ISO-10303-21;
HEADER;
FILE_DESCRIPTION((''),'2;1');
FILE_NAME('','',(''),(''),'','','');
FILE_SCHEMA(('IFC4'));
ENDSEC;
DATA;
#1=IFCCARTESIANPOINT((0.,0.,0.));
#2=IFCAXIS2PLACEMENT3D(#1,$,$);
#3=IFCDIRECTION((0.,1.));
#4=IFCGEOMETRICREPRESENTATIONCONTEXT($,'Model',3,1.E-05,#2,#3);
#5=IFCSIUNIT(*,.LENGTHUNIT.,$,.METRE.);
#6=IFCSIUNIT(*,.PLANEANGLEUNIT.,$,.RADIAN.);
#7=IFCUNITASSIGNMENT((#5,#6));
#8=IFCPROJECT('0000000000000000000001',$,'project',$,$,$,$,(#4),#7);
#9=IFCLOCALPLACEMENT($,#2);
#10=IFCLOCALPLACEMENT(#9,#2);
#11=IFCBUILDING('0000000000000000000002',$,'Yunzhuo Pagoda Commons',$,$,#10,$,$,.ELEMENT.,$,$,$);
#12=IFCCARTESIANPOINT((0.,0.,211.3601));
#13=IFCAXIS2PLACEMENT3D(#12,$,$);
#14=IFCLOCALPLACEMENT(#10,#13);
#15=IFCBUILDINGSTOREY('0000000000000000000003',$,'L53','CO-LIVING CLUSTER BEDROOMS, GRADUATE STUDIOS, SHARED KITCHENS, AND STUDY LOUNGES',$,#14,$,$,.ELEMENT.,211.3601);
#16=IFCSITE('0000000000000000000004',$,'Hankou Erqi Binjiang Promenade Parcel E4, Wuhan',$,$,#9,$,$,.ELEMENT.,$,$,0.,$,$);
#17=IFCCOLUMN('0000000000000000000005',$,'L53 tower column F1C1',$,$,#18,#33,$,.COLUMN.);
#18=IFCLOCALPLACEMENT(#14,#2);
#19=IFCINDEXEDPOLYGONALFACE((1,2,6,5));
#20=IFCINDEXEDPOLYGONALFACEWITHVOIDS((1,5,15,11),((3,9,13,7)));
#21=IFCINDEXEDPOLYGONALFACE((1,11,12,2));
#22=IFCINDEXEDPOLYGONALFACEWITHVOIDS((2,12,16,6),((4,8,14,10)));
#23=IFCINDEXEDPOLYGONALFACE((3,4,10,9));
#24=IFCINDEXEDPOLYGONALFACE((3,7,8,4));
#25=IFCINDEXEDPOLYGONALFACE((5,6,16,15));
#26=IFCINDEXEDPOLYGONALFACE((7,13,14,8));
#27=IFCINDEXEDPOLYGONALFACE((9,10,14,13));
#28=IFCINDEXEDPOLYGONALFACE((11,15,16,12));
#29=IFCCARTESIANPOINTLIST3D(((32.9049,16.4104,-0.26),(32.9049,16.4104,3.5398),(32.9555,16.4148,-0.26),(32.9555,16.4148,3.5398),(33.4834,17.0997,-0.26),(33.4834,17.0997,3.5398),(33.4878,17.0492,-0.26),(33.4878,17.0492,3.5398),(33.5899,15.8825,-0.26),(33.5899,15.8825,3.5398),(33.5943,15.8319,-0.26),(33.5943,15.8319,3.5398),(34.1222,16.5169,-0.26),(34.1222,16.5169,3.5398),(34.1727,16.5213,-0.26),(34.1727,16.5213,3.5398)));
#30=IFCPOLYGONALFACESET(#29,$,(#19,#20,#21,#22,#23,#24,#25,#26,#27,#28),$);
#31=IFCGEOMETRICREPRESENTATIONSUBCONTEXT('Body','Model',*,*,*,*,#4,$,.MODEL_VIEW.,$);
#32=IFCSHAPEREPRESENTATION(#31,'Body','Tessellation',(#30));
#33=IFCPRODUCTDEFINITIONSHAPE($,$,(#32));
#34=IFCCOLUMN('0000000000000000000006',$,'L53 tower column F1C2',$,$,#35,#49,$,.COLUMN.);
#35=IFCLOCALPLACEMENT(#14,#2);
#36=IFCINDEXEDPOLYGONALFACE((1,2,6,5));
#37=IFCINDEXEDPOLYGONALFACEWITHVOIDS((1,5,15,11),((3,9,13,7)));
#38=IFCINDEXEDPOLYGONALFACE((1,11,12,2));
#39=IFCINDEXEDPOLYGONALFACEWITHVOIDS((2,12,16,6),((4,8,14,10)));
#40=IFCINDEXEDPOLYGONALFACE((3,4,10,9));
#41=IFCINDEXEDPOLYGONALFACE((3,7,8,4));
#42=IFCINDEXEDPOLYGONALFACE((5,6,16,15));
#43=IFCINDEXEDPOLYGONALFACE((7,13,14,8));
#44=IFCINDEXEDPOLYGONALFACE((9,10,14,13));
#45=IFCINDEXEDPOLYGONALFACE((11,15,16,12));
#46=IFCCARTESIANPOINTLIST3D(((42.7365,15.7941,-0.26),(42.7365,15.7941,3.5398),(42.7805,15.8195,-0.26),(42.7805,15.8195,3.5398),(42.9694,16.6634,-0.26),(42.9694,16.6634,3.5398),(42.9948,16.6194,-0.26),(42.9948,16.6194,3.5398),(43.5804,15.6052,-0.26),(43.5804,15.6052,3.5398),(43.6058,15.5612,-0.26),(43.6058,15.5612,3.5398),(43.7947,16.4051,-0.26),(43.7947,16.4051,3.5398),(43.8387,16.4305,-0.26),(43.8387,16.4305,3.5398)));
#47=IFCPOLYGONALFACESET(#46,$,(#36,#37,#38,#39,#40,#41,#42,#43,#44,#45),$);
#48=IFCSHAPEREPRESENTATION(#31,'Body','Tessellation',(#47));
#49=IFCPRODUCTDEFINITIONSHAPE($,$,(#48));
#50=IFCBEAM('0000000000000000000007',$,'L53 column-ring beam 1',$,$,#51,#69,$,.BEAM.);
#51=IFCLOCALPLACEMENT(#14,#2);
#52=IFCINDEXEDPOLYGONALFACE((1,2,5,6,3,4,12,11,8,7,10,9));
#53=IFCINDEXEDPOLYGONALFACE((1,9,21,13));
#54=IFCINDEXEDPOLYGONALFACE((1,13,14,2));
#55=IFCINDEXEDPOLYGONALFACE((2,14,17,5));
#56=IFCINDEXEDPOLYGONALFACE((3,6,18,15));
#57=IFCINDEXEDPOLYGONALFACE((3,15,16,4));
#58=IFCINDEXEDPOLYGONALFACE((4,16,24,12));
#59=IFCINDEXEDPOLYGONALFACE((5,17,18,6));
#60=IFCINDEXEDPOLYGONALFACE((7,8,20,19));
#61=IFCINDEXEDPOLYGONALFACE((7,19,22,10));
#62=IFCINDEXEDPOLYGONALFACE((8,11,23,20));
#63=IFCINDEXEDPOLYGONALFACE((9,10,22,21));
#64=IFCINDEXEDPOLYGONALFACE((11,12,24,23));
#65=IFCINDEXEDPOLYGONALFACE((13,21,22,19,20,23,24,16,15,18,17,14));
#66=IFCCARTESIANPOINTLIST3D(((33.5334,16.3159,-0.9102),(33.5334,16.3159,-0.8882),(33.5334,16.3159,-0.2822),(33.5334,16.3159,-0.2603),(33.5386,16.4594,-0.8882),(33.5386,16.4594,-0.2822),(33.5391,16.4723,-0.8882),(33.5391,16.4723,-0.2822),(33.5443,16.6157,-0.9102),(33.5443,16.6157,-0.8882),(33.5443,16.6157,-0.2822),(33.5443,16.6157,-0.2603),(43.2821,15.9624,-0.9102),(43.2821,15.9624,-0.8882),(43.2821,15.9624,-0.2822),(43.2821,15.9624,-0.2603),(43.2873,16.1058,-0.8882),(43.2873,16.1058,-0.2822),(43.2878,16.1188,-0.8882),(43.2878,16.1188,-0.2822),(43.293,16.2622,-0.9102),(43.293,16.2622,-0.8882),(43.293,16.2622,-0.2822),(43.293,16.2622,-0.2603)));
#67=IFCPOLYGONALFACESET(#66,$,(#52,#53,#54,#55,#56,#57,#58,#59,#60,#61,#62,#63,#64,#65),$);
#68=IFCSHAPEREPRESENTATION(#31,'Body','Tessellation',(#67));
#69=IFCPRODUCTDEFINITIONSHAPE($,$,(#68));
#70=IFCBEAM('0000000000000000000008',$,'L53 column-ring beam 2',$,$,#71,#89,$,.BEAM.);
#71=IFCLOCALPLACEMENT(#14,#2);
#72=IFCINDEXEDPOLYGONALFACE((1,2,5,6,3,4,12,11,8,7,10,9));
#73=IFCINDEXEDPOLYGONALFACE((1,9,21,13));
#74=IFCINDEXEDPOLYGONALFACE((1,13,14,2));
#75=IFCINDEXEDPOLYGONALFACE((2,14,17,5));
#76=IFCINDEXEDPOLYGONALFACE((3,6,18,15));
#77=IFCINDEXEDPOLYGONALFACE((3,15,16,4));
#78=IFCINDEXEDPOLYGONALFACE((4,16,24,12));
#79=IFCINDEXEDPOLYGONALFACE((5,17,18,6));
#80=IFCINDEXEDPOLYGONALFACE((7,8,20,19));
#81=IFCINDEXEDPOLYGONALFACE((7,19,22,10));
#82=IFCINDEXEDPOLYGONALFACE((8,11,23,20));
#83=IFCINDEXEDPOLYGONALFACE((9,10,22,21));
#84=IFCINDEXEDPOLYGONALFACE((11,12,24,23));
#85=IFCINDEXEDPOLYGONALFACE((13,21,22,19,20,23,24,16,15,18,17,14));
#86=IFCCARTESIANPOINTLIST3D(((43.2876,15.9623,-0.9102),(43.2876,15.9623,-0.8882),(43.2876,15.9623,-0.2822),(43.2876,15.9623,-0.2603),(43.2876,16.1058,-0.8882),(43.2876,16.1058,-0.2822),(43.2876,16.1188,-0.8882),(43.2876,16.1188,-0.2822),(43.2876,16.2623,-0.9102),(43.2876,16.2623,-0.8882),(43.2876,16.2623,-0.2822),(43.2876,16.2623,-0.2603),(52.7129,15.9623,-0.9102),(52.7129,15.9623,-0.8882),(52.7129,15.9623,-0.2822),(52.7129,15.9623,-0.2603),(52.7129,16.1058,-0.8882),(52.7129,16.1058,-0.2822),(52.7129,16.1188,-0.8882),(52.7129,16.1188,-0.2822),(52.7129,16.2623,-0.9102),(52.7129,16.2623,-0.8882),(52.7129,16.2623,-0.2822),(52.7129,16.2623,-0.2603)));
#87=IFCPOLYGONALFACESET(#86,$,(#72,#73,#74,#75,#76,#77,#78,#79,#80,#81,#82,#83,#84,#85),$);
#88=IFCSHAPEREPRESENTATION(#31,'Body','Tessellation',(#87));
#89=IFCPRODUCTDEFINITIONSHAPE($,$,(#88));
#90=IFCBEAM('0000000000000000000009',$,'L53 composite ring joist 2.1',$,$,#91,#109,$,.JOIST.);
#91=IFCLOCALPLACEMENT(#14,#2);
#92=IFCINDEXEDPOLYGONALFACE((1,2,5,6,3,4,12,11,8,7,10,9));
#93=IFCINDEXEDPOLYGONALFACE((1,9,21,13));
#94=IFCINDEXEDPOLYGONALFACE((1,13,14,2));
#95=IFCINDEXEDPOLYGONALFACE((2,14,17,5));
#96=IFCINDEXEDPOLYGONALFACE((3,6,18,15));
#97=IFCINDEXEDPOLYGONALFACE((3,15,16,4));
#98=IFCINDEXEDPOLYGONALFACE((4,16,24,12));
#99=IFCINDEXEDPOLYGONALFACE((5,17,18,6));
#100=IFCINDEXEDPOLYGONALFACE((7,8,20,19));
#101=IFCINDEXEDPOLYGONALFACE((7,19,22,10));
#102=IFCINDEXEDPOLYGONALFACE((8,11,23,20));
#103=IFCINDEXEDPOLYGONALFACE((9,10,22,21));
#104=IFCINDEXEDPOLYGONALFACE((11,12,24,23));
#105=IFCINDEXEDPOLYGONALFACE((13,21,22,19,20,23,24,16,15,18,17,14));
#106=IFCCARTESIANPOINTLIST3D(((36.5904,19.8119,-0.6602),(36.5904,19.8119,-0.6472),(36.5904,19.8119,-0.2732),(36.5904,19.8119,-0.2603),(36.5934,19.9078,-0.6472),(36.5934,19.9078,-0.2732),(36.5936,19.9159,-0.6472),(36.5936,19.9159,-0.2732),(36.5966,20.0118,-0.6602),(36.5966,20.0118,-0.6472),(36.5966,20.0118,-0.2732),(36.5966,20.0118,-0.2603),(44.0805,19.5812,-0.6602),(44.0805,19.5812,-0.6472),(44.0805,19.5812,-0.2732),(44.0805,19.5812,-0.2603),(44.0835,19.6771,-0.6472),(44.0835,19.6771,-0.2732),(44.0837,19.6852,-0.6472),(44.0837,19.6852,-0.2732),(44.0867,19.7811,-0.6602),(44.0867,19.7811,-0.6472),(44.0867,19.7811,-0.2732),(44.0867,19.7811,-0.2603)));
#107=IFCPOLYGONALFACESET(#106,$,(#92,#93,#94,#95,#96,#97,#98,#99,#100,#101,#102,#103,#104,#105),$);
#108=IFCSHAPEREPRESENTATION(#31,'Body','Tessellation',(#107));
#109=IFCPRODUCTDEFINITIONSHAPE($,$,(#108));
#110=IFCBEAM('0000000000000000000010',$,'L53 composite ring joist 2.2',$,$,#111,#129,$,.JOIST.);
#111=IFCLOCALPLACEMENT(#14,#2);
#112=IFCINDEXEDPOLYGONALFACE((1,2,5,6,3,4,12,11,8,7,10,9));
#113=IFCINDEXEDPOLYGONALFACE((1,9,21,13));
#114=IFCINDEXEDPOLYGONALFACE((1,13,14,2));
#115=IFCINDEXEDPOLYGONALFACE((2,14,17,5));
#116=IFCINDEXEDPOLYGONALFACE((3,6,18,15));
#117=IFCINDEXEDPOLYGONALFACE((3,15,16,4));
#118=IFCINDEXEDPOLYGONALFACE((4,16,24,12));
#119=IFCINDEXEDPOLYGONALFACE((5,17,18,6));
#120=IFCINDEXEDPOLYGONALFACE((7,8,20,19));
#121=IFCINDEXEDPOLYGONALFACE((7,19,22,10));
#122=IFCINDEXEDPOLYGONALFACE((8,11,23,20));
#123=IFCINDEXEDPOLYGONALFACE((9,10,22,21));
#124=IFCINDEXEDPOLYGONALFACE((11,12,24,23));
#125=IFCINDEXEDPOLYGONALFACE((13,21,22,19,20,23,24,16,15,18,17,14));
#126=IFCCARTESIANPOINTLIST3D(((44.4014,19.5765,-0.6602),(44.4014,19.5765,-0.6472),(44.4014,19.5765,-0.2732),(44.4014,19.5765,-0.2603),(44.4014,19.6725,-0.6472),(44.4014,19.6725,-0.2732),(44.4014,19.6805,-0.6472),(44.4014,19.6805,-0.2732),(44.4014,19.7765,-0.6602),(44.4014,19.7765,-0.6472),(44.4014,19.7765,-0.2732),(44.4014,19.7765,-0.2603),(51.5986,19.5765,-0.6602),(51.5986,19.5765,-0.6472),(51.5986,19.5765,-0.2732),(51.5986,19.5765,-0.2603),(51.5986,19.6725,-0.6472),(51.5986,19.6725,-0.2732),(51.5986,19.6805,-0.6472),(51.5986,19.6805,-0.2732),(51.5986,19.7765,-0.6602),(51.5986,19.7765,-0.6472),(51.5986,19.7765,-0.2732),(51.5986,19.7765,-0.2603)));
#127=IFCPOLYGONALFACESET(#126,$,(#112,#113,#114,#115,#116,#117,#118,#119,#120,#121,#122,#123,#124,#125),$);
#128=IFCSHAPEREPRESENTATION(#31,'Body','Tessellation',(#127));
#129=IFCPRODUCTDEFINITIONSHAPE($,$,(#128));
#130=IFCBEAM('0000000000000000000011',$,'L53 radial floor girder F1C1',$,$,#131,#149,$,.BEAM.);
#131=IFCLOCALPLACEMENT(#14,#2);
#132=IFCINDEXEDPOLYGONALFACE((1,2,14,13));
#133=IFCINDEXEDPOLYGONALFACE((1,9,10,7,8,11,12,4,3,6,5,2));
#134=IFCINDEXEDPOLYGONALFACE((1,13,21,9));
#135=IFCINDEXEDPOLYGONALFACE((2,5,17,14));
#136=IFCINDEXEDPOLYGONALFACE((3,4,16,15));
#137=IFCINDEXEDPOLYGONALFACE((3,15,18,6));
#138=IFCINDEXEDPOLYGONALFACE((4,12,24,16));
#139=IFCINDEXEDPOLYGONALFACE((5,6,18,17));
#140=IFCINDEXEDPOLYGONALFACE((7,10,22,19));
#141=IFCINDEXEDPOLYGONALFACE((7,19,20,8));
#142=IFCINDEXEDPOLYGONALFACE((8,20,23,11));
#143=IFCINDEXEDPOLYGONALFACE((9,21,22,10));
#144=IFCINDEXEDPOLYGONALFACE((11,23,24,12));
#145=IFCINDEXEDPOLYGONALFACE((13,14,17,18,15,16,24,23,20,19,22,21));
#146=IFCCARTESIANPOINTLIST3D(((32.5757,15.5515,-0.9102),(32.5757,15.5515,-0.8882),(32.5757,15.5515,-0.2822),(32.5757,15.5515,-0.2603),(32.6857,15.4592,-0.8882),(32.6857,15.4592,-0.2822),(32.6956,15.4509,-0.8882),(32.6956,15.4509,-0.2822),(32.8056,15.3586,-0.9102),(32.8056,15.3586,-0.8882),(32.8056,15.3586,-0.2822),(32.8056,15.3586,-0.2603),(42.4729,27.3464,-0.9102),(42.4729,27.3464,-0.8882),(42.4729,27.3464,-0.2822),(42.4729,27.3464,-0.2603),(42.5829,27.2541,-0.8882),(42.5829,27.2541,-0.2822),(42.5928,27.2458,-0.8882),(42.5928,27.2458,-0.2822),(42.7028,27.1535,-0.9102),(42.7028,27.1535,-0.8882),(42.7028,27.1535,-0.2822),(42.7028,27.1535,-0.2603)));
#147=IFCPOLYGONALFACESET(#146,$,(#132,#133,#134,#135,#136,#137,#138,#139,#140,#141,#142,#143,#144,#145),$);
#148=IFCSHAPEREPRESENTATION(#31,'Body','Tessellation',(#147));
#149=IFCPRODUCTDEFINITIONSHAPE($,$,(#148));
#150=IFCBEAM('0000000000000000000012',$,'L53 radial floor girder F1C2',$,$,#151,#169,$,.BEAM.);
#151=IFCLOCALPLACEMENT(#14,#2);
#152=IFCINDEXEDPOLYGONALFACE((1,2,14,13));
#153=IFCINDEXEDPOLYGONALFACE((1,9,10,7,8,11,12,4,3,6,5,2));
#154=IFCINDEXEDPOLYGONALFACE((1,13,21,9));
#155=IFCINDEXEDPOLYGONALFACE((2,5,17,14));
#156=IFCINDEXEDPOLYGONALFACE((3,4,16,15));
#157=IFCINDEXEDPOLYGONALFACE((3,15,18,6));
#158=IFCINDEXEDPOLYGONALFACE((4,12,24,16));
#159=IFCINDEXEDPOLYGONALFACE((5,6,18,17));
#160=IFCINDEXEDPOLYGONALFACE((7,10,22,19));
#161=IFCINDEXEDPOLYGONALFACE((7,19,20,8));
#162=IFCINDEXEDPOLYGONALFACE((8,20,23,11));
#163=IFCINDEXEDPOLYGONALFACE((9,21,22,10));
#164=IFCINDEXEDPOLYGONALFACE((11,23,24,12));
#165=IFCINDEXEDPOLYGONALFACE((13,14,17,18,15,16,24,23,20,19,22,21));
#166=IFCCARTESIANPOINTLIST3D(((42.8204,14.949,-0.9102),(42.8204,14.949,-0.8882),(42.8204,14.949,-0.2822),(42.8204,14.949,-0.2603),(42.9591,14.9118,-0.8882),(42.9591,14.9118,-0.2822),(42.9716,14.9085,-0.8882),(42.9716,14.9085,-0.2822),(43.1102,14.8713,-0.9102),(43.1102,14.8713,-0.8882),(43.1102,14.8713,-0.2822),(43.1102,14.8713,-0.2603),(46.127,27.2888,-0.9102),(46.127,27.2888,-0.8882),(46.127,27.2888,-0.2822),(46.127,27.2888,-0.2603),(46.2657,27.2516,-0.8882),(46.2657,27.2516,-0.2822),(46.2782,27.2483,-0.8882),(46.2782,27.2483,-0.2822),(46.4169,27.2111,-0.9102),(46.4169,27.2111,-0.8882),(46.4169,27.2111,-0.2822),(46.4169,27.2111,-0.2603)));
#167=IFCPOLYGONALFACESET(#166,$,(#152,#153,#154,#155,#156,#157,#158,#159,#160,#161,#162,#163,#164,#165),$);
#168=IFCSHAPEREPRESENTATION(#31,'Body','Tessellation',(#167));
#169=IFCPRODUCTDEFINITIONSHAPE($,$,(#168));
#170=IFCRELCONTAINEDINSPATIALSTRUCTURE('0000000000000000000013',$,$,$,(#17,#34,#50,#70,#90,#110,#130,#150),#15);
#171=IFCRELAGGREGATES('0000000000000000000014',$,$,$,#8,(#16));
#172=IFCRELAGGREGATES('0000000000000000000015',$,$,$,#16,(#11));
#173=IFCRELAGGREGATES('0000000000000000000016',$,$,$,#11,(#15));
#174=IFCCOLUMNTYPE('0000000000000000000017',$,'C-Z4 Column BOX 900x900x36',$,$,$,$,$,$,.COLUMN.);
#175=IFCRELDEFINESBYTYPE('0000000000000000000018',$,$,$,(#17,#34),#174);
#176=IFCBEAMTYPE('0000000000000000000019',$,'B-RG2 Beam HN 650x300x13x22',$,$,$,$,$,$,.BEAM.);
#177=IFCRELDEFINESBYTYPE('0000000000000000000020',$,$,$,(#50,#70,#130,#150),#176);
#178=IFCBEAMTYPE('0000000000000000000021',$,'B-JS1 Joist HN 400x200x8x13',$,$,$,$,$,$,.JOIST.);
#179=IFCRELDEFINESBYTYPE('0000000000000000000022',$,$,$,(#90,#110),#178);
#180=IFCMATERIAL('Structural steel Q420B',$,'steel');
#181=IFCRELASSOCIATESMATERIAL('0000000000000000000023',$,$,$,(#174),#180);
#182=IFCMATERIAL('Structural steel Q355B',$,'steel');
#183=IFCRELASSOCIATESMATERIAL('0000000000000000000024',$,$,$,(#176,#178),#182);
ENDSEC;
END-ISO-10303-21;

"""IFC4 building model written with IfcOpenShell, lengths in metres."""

from ifc_helpers import new_model, si_unit, direction, frame, origin, origin_2d, place, context, subcontext, project, spatial, hollow_rectangle, i_section, extrude, source, transform, mapped, material, material_profile, profile_set, type_object, element, save


model = new_model("IFC4")

# Units and contexts
model_context = context("Model", 3, precision=1e-05, world=origin(), true_north=direction((0.0, 1.0)))
body_context = subcontext(model_context, "Body", "Model", "MODEL_VIEW")
ifc_project = project(units=[si_unit("LENGTHUNIT", "METRE"), si_unit("PLANEANGLEUNIT", "RADIAN")], contexts=[model_context])

# Site, building, storey
site_placement = place(None, origin())
site = spatial("IfcSite", under=ifc_project, at=site_placement, Name="Hankou Erqi Binjiang Promenade Parcel E4, Wuhan", CompositionType="ELEMENT", RefElevation=0.0)
building_placement = place(site_placement, origin())
building = spatial("IfcBuilding", under=site, at=building_placement, Name="Yunzhuo Pagoda Commons", CompositionType="ELEMENT")
storey_placement = place(building_placement, frame((0.0, 0.0, 211.3601)))
storey = spatial("IfcBuildingStorey", under=building, at=storey_placement, Name="L53", Description="CO-LIVING CLUSTER BEDROOMS, GRADUATE STUDIOS, SHARED KITCHENS, AND STUDY LOUNGES", CompositionType="ELEMENT", Elevation=211.3601)

# Columns
ifc_material_1 = material(Name="Structural steel Q420B", Category="steel")
ifc_material_profile_1 = material_profile(ifc_material_1, hollow_rectangle(XDim=0.8999, YDim=0.8999, WallThickness=0.0359, at=origin_2d()), Name="Structural steel Q420B")
ifc_profile_set_1 = profile_set([ifc_material_profile_1], Name="Structural steel Q420B")
column_type = type_object("IfcColumnType", Name="C-Z4 Column BOX 900x900x36", PredefinedType="COLUMN", material=ifc_profile_set_1)
shared_shape_1 = source(origin(), body_context, "Body", "SweptSolid", [
    extrude(hollow_rectangle(XDim=0.8999, YDim=0.8999, WallThickness=0.0359, at=origin_2d()), origin(), (0.0, 0.0, 1.0), 3.7998),
])
for number, where, z_axis, x_axis, name in (
    (1, (33.5388, 16.4658, -0.26), (0.0, 0.0, 1.0), (0.766044, -0.642788, 0.0), "L53 tower column F1C1"),
    (2, (43.2876, 16.1123, -0.26), (0.0, 0.0, 1.0), (0.965926, -0.258819, 0.0), "L53 tower column F1C2"),
):
    element("IfcColumn", number, at=place(storey_placement, frame(where, z_axis=z_axis, x_axis=x_axis)), inside=storey, type_object=column_type, Name=name, PredefinedType="COLUMN", context=body_context, shape_type="MappedRepresentation", body=[
        mapped(shared_shape_1, transform((0.0, 0.0, 0.0), scale=1.0)),
    ])

# Beams
ifc_material_2 = material(Name="Structural steel Q355B", Category="steel")
ifc_material_profile_2 = material_profile(ifc_material_2, i_section(OverallWidth=0.3, OverallDepth=0.6499, WebThickness=0.0129, FlangeThickness=0.022, at=origin_2d()), Name="Structural steel Q355B")
ifc_profile_set_2 = profile_set([ifc_material_profile_2], Name="Structural steel Q355B")
beam_type_1 = type_object("IfcBeamType", Name="B-RG2 Beam HN 650x300x13x22", PredefinedType="BEAM", material=ifc_profile_set_2)
shared_shape_2 = source(origin(), body_context, "Body", "SweptSolid", [
    extrude(i_section(OverallWidth=0.3, OverallDepth=0.6499, WebThickness=0.0129, FlangeThickness=0.022, at=origin_2d()), origin(), (0.0, 0.0, 1.0), 9.7551),
])
beam_1_placement = place(storey_placement, frame((33.5388, 16.4658, -0.5852), z_axis=(0.999343, -0.036239, 0.0), x_axis=(0.036239, 0.999343, 0.0)))
element("IfcBeam", 3, at=beam_1_placement, inside=storey, type_object=beam_type_1, Name="L53 column-ring beam 1", PredefinedType="BEAM", context=body_context, shape_type="MappedRepresentation", body=[
    mapped(shared_shape_2, transform((0.0, 0.0, 0.0), scale=1.0)),
])
shared_shape_3 = source(origin(), body_context, "Body", "SweptSolid", [
    extrude(i_section(OverallWidth=0.3, OverallDepth=0.6499, WebThickness=0.0129, FlangeThickness=0.022, at=origin_2d()), origin(), (0.0, 0.0, 1.0), 9.4253),
])
beam_2_placement = place(storey_placement, frame((43.2876, 16.1123, -0.5852), z_axis=(1.0, 0.0, 0.0), x_axis=(0.0, 1.0, 0.0)))
element("IfcBeam", 4, at=beam_2_placement, inside=storey, type_object=beam_type_1, Name="L53 column-ring beam 2", PredefinedType="BEAM", context=body_context, shape_type="MappedRepresentation", body=[
    mapped(shared_shape_3, transform((0.0, 0.0, 0.0), scale=1.0)),
])
ifc_material_profile_3 = material_profile(ifc_material_2, i_section(OverallWidth=0.2, OverallDepth=0.3999, WebThickness=0.0081, FlangeThickness=0.0129, at=origin_2d()), Name="Structural steel Q355B")
ifc_profile_set_3 = profile_set([ifc_material_profile_3], Name="Structural steel Q355B")
beam_type_2 = type_object("IfcBeamType", Name="B-JS1 Joist HN 400x200x8x13", PredefinedType="JOIST", material=ifc_profile_set_3)
shared_shape_4 = source(origin(), body_context, "Body", "SweptSolid", [
    extrude(i_section(OverallWidth=0.2, OverallDepth=0.3999, WebThickness=0.0081, FlangeThickness=0.0129, at=origin_2d()), origin(), (0.0, 0.0, 1.0), 7.4937),
])
beam_3_placement = place(storey_placement, frame((36.5935, 19.9119, -0.4602), z_axis=(0.999526, -0.030788, 0.0), x_axis=(0.030788, 0.999526, 0.0)))
element("IfcBeam", 5, at=beam_3_placement, inside=storey, type_object=beam_type_2, Name="L53 composite ring joist 2.1", PredefinedType="JOIST", context=body_context, shape_type="MappedRepresentation", body=[
    mapped(shared_shape_4, transform((0.0, 0.0, 0.0), scale=1.0)),
])
shared_shape_5 = source(origin(), body_context, "Body", "SweptSolid", [
    extrude(i_section(OverallWidth=0.2, OverallDepth=0.3999, WebThickness=0.0081, FlangeThickness=0.0129, at=origin_2d()), origin(), (0.0, 0.0, 1.0), 7.1973),
])
beam_4_placement = place(storey_placement, frame((44.4014, 19.6765, -0.4602), z_axis=(1.0, 0.0, 0.0), x_axis=(0.0, 1.0, 0.0)))
element("IfcBeam", 6, at=beam_4_placement, inside=storey, type_object=beam_type_2, Name="L53 composite ring joist 2.2", PredefinedType="JOIST", context=body_context, shape_type="MappedRepresentation", body=[
    mapped(shared_shape_5, transform((0.0, 0.0, 0.0), scale=1.0)),
])
shared_shape_6 = source(origin(), body_context, "Body", "SweptSolid", [
    extrude(i_section(OverallWidth=0.3, OverallDepth=0.6499, WebThickness=0.0129, FlangeThickness=0.022, at=origin_2d()), origin(), (0.0, 0.0, 1.0), 15.3972),
])
beam_5_placement = place(storey_placement, frame((32.6907, 15.4551, -0.5852), z_axis=(0.642792, 0.766041, 0.0), x_axis=(-0.766041, 0.642792, 0.0)))
element("IfcBeam", 7, at=beam_5_placement, inside=storey, type_object=beam_type_1, Name="L53 radial floor girder F1C1", PredefinedType="BEAM", context=body_context, shape_type="MappedRepresentation", body=[
    mapped(shared_shape_6, transform((0.0, 0.0, 0.0), scale=1.0)),
])
shared_shape_7 = source(origin(), body_context, "Body", "SweptSolid", [
    extrude(i_section(OverallWidth=0.3, OverallDepth=0.6499, WebThickness=0.0129, FlangeThickness=0.022, at=origin_2d()), origin(), (0.0, 0.0, 1.0), 12.7751),
])
beam_6_placement = place(storey_placement, frame((42.9653, 14.9102, -0.5852), z_axis=(0.258833, 0.965922, 0.0), x_axis=(-0.965922, 0.258833, 0.0)))
element("IfcBeam", 8, at=beam_6_placement, inside=storey, type_object=beam_type_1, Name="L53 radial floor girder F1C2", PredefinedType="BEAM", context=body_context, shape_type="MappedRepresentation", body=[
    mapped(shared_shape_7, transform((0.0, 0.0, 0.0), scale=1.0)),
])

save(model, "model.ifc")
